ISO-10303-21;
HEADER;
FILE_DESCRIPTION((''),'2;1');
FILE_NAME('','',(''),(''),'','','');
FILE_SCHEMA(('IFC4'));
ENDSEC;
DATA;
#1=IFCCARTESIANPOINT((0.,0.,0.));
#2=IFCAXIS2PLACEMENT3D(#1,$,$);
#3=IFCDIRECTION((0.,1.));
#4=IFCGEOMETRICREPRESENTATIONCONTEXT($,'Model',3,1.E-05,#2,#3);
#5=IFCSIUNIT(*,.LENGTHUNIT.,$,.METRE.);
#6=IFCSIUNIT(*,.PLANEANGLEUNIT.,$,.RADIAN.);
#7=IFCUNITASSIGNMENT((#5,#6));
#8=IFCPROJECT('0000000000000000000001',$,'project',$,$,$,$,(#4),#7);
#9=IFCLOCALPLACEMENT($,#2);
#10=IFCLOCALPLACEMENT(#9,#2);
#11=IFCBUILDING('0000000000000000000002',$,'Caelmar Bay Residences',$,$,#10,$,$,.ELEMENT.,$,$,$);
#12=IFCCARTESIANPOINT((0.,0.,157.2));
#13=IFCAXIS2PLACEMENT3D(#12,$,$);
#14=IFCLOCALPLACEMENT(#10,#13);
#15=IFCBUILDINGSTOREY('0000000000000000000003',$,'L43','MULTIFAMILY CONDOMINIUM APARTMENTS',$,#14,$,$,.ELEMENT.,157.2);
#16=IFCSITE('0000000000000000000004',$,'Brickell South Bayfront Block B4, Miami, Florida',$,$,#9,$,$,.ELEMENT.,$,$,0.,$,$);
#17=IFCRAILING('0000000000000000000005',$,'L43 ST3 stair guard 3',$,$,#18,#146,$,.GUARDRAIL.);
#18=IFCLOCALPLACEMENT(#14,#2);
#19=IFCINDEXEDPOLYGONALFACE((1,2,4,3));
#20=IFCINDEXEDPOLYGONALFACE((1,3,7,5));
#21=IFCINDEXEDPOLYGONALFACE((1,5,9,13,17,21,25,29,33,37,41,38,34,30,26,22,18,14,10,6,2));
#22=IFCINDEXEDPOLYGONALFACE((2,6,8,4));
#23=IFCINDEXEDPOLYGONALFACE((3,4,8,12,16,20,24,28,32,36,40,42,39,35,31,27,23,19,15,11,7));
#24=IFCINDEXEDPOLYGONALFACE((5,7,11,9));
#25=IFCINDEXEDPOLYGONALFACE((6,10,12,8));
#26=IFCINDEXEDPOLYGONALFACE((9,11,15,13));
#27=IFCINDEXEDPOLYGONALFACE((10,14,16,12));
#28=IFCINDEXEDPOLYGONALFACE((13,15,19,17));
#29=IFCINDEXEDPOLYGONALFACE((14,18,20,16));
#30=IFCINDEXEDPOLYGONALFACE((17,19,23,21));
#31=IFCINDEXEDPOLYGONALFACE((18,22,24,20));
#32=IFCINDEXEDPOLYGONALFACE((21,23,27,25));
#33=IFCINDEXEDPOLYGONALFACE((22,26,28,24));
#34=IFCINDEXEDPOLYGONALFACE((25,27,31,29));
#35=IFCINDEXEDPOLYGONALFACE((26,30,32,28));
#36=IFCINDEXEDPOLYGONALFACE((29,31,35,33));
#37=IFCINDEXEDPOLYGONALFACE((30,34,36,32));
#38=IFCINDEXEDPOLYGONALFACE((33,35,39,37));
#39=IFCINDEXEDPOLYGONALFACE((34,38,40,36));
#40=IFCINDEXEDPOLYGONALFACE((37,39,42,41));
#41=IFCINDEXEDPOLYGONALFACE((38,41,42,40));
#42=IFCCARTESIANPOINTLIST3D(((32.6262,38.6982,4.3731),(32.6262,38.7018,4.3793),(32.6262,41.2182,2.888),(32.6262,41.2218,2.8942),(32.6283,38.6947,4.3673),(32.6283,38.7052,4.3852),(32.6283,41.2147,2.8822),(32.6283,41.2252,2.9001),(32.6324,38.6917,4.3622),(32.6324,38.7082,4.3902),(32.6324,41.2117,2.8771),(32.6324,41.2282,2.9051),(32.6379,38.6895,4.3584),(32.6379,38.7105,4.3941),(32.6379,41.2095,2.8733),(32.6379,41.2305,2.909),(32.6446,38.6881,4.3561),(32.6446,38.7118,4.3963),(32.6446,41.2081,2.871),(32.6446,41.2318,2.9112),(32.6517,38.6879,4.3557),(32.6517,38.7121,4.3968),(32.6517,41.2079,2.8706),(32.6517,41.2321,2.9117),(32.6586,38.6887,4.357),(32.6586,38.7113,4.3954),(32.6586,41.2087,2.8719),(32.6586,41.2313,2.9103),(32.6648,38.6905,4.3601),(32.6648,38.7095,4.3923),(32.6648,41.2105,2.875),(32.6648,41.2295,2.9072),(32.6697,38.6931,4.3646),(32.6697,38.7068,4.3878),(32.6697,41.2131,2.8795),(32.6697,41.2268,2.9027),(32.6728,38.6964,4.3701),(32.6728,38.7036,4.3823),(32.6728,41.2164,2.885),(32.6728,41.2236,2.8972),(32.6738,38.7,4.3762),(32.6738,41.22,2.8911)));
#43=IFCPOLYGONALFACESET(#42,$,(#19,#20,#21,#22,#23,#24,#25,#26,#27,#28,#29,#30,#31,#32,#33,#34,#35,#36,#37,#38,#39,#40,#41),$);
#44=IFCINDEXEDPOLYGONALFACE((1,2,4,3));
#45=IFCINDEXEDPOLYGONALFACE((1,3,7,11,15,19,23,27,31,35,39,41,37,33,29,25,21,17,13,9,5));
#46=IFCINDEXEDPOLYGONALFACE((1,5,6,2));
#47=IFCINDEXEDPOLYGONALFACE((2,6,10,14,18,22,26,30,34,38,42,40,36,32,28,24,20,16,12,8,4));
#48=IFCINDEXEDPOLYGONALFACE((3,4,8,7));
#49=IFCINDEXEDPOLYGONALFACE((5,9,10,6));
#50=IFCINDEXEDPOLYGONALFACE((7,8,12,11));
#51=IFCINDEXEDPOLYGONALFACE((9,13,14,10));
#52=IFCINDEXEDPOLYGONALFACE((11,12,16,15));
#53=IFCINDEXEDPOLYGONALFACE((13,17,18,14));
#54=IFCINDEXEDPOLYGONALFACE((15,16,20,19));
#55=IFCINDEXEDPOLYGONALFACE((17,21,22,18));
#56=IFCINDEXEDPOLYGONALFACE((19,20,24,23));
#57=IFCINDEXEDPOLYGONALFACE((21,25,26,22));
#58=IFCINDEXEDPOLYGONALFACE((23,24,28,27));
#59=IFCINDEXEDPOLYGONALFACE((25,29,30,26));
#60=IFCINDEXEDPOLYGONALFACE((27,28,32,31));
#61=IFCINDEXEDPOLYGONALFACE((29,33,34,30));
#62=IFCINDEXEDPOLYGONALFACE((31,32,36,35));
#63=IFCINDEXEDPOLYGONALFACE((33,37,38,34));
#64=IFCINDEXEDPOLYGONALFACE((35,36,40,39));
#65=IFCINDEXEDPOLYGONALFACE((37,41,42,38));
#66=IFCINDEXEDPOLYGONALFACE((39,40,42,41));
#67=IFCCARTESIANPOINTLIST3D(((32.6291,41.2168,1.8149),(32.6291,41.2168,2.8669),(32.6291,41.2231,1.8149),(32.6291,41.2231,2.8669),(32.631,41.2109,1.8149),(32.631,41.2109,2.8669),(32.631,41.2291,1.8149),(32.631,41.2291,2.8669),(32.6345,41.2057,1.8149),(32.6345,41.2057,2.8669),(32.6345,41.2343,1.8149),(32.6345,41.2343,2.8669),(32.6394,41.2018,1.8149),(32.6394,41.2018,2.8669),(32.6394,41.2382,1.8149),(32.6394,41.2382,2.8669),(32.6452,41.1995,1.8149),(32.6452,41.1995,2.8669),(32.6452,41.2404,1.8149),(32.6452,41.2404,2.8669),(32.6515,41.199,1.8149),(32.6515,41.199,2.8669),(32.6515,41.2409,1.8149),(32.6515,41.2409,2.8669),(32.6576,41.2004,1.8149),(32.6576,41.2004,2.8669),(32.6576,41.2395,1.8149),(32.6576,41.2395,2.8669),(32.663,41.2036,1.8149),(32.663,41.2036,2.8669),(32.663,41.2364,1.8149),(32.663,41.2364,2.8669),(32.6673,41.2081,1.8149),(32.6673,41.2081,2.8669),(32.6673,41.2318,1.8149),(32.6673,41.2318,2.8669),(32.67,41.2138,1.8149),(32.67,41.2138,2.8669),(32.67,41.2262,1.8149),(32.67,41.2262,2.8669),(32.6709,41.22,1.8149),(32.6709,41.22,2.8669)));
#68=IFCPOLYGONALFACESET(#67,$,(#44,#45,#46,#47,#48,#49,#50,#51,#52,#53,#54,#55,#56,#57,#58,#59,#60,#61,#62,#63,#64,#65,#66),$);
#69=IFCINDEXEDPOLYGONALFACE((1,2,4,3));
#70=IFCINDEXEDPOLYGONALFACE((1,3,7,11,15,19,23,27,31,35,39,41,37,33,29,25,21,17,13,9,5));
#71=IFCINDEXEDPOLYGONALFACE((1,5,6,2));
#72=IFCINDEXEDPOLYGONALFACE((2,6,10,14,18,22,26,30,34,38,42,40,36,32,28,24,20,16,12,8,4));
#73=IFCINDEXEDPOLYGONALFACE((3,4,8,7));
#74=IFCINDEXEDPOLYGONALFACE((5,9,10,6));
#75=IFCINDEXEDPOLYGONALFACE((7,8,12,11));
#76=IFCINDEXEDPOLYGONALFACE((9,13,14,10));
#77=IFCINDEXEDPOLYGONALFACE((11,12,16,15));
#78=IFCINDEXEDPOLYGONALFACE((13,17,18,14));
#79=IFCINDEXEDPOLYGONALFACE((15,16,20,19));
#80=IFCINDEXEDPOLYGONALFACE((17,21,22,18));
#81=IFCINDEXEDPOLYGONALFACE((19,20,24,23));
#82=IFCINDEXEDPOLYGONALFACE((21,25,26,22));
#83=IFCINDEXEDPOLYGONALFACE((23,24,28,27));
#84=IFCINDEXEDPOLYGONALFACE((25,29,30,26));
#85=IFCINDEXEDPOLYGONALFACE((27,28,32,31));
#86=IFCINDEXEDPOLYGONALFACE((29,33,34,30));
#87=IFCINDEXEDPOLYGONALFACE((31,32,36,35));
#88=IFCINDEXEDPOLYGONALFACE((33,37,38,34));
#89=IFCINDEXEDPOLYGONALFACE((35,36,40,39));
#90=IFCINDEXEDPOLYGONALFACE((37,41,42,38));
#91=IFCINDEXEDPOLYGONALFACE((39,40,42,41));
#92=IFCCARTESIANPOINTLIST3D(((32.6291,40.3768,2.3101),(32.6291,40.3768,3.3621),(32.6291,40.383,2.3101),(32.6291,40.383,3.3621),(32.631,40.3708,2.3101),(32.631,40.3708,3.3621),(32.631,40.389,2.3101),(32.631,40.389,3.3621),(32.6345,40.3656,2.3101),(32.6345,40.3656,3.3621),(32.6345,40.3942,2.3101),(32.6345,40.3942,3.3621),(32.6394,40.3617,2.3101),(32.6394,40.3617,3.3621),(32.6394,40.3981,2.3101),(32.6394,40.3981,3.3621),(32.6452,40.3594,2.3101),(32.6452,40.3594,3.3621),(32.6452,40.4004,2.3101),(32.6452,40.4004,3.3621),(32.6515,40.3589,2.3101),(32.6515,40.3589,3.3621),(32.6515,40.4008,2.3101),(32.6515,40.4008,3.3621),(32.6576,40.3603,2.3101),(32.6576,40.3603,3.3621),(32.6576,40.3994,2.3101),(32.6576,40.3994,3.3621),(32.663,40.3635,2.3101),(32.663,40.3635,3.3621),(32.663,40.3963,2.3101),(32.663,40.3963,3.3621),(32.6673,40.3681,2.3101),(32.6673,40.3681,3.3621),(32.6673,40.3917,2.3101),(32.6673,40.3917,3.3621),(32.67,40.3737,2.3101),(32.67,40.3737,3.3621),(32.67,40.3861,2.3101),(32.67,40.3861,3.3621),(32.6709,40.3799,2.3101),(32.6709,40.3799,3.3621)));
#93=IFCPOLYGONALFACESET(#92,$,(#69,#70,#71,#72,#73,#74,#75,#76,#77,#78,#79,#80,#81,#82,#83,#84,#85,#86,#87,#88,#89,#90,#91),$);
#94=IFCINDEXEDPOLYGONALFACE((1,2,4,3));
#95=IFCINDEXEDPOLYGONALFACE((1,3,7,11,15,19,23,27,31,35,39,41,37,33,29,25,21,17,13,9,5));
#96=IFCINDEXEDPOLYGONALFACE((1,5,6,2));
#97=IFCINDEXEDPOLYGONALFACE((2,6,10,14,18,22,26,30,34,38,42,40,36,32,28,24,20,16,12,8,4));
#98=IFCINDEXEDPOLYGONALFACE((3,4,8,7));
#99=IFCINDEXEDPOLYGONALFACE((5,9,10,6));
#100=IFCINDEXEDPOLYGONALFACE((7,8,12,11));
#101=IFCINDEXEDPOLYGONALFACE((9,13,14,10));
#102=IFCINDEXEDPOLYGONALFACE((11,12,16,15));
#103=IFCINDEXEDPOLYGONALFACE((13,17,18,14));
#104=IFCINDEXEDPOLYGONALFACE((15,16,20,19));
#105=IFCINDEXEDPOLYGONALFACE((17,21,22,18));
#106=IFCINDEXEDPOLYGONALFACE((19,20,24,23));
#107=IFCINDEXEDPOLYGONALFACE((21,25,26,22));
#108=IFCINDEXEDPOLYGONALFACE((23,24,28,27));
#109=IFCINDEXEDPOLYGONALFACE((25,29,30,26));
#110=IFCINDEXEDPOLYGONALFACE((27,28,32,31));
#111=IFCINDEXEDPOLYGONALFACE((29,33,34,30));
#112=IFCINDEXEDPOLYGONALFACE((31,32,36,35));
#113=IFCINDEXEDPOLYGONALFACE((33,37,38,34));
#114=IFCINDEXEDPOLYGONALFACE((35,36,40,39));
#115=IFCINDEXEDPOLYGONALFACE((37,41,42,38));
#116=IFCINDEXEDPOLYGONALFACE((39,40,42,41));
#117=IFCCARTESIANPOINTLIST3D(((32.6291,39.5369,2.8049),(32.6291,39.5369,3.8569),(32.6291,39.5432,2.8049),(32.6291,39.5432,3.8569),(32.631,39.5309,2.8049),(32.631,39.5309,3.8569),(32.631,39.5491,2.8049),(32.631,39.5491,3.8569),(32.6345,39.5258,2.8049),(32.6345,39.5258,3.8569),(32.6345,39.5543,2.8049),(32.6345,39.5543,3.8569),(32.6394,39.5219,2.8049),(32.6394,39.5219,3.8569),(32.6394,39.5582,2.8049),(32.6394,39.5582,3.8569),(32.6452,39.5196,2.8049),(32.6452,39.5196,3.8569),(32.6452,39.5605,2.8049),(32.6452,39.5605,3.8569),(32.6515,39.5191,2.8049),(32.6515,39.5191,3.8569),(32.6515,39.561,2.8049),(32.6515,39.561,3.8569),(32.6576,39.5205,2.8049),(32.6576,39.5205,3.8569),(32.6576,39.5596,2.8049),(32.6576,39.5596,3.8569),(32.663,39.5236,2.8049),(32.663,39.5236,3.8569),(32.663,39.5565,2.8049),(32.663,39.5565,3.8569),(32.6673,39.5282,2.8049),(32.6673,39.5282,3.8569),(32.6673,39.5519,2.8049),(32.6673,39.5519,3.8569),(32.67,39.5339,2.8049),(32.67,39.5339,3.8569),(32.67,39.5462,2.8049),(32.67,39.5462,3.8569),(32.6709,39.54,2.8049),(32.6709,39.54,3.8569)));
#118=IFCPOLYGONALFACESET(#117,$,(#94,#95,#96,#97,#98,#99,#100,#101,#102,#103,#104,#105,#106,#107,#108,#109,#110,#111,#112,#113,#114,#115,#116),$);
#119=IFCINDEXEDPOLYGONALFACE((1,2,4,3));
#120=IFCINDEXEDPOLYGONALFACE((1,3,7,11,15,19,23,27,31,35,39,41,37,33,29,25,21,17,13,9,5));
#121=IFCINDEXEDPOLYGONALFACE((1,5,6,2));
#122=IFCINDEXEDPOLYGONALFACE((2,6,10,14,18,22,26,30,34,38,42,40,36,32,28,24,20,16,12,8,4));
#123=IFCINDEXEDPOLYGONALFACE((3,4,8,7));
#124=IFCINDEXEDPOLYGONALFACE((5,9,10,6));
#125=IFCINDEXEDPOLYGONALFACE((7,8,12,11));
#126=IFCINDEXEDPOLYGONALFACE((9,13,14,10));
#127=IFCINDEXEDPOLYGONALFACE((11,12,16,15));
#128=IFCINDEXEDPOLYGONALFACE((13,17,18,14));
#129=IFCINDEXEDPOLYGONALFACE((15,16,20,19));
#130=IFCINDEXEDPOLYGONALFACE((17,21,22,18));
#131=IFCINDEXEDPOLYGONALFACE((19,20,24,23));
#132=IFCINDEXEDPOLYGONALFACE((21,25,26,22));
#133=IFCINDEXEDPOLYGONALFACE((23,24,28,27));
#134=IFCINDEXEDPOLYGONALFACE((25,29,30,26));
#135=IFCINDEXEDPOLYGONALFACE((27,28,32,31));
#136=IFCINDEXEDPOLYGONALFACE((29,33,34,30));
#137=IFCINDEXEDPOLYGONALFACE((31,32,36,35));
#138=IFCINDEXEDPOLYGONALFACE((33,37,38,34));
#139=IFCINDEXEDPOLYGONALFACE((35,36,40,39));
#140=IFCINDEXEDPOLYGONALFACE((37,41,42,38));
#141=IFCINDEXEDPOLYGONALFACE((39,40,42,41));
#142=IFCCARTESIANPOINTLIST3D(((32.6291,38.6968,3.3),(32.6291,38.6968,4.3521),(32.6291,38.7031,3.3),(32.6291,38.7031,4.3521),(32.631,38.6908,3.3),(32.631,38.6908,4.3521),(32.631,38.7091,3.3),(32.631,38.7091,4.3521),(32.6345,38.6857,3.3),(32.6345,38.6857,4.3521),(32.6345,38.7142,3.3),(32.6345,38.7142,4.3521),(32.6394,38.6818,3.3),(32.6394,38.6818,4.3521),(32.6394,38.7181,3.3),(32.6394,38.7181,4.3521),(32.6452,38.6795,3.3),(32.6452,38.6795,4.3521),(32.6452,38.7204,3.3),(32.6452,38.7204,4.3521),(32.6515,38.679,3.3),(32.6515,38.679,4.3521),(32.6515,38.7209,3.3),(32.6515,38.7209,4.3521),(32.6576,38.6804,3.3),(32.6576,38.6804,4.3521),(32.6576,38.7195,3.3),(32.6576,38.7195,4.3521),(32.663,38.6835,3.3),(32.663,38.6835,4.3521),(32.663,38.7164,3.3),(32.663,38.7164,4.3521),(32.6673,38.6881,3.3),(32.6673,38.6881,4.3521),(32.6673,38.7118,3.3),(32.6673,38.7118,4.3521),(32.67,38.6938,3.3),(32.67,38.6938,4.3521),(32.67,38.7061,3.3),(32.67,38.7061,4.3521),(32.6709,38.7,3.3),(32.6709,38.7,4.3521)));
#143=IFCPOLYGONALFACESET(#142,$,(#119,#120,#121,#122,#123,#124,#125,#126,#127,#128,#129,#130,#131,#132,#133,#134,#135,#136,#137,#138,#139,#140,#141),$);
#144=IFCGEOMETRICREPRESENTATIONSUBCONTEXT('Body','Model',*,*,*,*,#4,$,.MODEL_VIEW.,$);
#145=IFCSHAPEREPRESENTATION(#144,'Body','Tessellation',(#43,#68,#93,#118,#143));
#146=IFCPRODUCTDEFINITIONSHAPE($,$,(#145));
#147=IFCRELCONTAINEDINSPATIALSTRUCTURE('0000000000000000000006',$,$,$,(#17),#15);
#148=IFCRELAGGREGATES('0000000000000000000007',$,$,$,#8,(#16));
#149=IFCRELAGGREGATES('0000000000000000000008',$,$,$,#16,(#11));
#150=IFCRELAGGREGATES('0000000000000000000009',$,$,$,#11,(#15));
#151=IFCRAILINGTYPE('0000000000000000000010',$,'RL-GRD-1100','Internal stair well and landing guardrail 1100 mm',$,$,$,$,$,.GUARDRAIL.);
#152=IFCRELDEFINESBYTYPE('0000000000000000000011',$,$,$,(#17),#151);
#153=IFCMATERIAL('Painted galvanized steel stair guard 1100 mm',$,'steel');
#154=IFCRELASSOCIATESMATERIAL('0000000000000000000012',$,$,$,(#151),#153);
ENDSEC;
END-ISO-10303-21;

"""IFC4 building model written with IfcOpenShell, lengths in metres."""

from ifc_helpers import new_model, si_unit, direction, frame, origin, origin_2d, place, context, subcontext, project, spatial, circle, extrude, material, type_object, element, save


model = new_model("IFC4")

# Units and contexts
model_context = context("Model", 3, precision=1e-05, world=origin(), true_north=direction((0.0, 1.0)))
body_context = subcontext(model_context, "Body", "Model", "MODEL_VIEW")
ifc_project = project(units=[si_unit("LENGTHUNIT", "METRE"), si_unit("PLANEANGLEUNIT", "RADIAN")], contexts=[model_context])

# Site, building, storey
site_placement = place(None, origin())
site = spatial("IfcSite", under=ifc_project, at=site_placement, Name="Brickell South Bayfront Block B4, Miami, Florida", CompositionType="ELEMENT", RefElevation=0.0)
building_placement = place(site_placement, origin())
building = spatial("IfcBuilding", under=site, at=building_placement, Name="Caelmar Bay Residences", CompositionType="ELEMENT")
storey_placement = place(building_placement, frame((0.0, 0.0, 157.2)))
storey = spatial("IfcBuildingStorey", under=building, at=storey_placement, Name="L43", Description="MULTIFAMILY CONDOMINIUM APARTMENTS", CompositionType="ELEMENT", Elevation=157.2)

# Railing
ifc_material_1 = material(Name="Painted galvanized steel stair guard 1100 mm", Category="steel")
railing_type_1 = type_object("IfcRailingType", Name="RL-GRD-1100", Description="Internal stair well and landing guardrail 1100 mm", PredefinedType="GUARDRAIL", material=ifc_material_1)
railing_1_placement = place(storey_placement, frame((32.6499, 41.22, 1.8149)))
element("IfcRailing", 1, at=railing_1_placement, inside=storey, type_object=railing_type_1, Name="L43 ST3 stair guard 3", PredefinedType="GUARDRAIL", context=body_context, shape_type="SweptSolid", body=[
    extrude(circle(Radius=0.0239, at=origin_2d()), frame((0.0, 0.0, 1.0762), z_axis=(0.0, -0.861524, 0.507717), x_axis=(1.0, 0.0, 0.0)), (0.0, 0.0, 1.0), 2.925),
    extrude(circle(Radius=0.021, at=origin_2d()), origin(), (0.0, 0.0, 1.0), 1.052),
    extrude(circle(Radius=0.021, at=origin_2d()), frame((0.0, -0.8401, 0.4951)), (0.0, 0.0, 1.0), 1.052),
    extrude(circle(Radius=0.021, at=origin_2d()), frame((0.0, -1.6799, 0.99)), (0.0, 0.0, 1.0), 1.052),
    extrude(circle(Radius=0.021, at=origin_2d()), frame((0.0, -2.52, 1.4851)), (0.0, 0.0, 1.0), 1.052),
])

save(model, "model.ifc")
